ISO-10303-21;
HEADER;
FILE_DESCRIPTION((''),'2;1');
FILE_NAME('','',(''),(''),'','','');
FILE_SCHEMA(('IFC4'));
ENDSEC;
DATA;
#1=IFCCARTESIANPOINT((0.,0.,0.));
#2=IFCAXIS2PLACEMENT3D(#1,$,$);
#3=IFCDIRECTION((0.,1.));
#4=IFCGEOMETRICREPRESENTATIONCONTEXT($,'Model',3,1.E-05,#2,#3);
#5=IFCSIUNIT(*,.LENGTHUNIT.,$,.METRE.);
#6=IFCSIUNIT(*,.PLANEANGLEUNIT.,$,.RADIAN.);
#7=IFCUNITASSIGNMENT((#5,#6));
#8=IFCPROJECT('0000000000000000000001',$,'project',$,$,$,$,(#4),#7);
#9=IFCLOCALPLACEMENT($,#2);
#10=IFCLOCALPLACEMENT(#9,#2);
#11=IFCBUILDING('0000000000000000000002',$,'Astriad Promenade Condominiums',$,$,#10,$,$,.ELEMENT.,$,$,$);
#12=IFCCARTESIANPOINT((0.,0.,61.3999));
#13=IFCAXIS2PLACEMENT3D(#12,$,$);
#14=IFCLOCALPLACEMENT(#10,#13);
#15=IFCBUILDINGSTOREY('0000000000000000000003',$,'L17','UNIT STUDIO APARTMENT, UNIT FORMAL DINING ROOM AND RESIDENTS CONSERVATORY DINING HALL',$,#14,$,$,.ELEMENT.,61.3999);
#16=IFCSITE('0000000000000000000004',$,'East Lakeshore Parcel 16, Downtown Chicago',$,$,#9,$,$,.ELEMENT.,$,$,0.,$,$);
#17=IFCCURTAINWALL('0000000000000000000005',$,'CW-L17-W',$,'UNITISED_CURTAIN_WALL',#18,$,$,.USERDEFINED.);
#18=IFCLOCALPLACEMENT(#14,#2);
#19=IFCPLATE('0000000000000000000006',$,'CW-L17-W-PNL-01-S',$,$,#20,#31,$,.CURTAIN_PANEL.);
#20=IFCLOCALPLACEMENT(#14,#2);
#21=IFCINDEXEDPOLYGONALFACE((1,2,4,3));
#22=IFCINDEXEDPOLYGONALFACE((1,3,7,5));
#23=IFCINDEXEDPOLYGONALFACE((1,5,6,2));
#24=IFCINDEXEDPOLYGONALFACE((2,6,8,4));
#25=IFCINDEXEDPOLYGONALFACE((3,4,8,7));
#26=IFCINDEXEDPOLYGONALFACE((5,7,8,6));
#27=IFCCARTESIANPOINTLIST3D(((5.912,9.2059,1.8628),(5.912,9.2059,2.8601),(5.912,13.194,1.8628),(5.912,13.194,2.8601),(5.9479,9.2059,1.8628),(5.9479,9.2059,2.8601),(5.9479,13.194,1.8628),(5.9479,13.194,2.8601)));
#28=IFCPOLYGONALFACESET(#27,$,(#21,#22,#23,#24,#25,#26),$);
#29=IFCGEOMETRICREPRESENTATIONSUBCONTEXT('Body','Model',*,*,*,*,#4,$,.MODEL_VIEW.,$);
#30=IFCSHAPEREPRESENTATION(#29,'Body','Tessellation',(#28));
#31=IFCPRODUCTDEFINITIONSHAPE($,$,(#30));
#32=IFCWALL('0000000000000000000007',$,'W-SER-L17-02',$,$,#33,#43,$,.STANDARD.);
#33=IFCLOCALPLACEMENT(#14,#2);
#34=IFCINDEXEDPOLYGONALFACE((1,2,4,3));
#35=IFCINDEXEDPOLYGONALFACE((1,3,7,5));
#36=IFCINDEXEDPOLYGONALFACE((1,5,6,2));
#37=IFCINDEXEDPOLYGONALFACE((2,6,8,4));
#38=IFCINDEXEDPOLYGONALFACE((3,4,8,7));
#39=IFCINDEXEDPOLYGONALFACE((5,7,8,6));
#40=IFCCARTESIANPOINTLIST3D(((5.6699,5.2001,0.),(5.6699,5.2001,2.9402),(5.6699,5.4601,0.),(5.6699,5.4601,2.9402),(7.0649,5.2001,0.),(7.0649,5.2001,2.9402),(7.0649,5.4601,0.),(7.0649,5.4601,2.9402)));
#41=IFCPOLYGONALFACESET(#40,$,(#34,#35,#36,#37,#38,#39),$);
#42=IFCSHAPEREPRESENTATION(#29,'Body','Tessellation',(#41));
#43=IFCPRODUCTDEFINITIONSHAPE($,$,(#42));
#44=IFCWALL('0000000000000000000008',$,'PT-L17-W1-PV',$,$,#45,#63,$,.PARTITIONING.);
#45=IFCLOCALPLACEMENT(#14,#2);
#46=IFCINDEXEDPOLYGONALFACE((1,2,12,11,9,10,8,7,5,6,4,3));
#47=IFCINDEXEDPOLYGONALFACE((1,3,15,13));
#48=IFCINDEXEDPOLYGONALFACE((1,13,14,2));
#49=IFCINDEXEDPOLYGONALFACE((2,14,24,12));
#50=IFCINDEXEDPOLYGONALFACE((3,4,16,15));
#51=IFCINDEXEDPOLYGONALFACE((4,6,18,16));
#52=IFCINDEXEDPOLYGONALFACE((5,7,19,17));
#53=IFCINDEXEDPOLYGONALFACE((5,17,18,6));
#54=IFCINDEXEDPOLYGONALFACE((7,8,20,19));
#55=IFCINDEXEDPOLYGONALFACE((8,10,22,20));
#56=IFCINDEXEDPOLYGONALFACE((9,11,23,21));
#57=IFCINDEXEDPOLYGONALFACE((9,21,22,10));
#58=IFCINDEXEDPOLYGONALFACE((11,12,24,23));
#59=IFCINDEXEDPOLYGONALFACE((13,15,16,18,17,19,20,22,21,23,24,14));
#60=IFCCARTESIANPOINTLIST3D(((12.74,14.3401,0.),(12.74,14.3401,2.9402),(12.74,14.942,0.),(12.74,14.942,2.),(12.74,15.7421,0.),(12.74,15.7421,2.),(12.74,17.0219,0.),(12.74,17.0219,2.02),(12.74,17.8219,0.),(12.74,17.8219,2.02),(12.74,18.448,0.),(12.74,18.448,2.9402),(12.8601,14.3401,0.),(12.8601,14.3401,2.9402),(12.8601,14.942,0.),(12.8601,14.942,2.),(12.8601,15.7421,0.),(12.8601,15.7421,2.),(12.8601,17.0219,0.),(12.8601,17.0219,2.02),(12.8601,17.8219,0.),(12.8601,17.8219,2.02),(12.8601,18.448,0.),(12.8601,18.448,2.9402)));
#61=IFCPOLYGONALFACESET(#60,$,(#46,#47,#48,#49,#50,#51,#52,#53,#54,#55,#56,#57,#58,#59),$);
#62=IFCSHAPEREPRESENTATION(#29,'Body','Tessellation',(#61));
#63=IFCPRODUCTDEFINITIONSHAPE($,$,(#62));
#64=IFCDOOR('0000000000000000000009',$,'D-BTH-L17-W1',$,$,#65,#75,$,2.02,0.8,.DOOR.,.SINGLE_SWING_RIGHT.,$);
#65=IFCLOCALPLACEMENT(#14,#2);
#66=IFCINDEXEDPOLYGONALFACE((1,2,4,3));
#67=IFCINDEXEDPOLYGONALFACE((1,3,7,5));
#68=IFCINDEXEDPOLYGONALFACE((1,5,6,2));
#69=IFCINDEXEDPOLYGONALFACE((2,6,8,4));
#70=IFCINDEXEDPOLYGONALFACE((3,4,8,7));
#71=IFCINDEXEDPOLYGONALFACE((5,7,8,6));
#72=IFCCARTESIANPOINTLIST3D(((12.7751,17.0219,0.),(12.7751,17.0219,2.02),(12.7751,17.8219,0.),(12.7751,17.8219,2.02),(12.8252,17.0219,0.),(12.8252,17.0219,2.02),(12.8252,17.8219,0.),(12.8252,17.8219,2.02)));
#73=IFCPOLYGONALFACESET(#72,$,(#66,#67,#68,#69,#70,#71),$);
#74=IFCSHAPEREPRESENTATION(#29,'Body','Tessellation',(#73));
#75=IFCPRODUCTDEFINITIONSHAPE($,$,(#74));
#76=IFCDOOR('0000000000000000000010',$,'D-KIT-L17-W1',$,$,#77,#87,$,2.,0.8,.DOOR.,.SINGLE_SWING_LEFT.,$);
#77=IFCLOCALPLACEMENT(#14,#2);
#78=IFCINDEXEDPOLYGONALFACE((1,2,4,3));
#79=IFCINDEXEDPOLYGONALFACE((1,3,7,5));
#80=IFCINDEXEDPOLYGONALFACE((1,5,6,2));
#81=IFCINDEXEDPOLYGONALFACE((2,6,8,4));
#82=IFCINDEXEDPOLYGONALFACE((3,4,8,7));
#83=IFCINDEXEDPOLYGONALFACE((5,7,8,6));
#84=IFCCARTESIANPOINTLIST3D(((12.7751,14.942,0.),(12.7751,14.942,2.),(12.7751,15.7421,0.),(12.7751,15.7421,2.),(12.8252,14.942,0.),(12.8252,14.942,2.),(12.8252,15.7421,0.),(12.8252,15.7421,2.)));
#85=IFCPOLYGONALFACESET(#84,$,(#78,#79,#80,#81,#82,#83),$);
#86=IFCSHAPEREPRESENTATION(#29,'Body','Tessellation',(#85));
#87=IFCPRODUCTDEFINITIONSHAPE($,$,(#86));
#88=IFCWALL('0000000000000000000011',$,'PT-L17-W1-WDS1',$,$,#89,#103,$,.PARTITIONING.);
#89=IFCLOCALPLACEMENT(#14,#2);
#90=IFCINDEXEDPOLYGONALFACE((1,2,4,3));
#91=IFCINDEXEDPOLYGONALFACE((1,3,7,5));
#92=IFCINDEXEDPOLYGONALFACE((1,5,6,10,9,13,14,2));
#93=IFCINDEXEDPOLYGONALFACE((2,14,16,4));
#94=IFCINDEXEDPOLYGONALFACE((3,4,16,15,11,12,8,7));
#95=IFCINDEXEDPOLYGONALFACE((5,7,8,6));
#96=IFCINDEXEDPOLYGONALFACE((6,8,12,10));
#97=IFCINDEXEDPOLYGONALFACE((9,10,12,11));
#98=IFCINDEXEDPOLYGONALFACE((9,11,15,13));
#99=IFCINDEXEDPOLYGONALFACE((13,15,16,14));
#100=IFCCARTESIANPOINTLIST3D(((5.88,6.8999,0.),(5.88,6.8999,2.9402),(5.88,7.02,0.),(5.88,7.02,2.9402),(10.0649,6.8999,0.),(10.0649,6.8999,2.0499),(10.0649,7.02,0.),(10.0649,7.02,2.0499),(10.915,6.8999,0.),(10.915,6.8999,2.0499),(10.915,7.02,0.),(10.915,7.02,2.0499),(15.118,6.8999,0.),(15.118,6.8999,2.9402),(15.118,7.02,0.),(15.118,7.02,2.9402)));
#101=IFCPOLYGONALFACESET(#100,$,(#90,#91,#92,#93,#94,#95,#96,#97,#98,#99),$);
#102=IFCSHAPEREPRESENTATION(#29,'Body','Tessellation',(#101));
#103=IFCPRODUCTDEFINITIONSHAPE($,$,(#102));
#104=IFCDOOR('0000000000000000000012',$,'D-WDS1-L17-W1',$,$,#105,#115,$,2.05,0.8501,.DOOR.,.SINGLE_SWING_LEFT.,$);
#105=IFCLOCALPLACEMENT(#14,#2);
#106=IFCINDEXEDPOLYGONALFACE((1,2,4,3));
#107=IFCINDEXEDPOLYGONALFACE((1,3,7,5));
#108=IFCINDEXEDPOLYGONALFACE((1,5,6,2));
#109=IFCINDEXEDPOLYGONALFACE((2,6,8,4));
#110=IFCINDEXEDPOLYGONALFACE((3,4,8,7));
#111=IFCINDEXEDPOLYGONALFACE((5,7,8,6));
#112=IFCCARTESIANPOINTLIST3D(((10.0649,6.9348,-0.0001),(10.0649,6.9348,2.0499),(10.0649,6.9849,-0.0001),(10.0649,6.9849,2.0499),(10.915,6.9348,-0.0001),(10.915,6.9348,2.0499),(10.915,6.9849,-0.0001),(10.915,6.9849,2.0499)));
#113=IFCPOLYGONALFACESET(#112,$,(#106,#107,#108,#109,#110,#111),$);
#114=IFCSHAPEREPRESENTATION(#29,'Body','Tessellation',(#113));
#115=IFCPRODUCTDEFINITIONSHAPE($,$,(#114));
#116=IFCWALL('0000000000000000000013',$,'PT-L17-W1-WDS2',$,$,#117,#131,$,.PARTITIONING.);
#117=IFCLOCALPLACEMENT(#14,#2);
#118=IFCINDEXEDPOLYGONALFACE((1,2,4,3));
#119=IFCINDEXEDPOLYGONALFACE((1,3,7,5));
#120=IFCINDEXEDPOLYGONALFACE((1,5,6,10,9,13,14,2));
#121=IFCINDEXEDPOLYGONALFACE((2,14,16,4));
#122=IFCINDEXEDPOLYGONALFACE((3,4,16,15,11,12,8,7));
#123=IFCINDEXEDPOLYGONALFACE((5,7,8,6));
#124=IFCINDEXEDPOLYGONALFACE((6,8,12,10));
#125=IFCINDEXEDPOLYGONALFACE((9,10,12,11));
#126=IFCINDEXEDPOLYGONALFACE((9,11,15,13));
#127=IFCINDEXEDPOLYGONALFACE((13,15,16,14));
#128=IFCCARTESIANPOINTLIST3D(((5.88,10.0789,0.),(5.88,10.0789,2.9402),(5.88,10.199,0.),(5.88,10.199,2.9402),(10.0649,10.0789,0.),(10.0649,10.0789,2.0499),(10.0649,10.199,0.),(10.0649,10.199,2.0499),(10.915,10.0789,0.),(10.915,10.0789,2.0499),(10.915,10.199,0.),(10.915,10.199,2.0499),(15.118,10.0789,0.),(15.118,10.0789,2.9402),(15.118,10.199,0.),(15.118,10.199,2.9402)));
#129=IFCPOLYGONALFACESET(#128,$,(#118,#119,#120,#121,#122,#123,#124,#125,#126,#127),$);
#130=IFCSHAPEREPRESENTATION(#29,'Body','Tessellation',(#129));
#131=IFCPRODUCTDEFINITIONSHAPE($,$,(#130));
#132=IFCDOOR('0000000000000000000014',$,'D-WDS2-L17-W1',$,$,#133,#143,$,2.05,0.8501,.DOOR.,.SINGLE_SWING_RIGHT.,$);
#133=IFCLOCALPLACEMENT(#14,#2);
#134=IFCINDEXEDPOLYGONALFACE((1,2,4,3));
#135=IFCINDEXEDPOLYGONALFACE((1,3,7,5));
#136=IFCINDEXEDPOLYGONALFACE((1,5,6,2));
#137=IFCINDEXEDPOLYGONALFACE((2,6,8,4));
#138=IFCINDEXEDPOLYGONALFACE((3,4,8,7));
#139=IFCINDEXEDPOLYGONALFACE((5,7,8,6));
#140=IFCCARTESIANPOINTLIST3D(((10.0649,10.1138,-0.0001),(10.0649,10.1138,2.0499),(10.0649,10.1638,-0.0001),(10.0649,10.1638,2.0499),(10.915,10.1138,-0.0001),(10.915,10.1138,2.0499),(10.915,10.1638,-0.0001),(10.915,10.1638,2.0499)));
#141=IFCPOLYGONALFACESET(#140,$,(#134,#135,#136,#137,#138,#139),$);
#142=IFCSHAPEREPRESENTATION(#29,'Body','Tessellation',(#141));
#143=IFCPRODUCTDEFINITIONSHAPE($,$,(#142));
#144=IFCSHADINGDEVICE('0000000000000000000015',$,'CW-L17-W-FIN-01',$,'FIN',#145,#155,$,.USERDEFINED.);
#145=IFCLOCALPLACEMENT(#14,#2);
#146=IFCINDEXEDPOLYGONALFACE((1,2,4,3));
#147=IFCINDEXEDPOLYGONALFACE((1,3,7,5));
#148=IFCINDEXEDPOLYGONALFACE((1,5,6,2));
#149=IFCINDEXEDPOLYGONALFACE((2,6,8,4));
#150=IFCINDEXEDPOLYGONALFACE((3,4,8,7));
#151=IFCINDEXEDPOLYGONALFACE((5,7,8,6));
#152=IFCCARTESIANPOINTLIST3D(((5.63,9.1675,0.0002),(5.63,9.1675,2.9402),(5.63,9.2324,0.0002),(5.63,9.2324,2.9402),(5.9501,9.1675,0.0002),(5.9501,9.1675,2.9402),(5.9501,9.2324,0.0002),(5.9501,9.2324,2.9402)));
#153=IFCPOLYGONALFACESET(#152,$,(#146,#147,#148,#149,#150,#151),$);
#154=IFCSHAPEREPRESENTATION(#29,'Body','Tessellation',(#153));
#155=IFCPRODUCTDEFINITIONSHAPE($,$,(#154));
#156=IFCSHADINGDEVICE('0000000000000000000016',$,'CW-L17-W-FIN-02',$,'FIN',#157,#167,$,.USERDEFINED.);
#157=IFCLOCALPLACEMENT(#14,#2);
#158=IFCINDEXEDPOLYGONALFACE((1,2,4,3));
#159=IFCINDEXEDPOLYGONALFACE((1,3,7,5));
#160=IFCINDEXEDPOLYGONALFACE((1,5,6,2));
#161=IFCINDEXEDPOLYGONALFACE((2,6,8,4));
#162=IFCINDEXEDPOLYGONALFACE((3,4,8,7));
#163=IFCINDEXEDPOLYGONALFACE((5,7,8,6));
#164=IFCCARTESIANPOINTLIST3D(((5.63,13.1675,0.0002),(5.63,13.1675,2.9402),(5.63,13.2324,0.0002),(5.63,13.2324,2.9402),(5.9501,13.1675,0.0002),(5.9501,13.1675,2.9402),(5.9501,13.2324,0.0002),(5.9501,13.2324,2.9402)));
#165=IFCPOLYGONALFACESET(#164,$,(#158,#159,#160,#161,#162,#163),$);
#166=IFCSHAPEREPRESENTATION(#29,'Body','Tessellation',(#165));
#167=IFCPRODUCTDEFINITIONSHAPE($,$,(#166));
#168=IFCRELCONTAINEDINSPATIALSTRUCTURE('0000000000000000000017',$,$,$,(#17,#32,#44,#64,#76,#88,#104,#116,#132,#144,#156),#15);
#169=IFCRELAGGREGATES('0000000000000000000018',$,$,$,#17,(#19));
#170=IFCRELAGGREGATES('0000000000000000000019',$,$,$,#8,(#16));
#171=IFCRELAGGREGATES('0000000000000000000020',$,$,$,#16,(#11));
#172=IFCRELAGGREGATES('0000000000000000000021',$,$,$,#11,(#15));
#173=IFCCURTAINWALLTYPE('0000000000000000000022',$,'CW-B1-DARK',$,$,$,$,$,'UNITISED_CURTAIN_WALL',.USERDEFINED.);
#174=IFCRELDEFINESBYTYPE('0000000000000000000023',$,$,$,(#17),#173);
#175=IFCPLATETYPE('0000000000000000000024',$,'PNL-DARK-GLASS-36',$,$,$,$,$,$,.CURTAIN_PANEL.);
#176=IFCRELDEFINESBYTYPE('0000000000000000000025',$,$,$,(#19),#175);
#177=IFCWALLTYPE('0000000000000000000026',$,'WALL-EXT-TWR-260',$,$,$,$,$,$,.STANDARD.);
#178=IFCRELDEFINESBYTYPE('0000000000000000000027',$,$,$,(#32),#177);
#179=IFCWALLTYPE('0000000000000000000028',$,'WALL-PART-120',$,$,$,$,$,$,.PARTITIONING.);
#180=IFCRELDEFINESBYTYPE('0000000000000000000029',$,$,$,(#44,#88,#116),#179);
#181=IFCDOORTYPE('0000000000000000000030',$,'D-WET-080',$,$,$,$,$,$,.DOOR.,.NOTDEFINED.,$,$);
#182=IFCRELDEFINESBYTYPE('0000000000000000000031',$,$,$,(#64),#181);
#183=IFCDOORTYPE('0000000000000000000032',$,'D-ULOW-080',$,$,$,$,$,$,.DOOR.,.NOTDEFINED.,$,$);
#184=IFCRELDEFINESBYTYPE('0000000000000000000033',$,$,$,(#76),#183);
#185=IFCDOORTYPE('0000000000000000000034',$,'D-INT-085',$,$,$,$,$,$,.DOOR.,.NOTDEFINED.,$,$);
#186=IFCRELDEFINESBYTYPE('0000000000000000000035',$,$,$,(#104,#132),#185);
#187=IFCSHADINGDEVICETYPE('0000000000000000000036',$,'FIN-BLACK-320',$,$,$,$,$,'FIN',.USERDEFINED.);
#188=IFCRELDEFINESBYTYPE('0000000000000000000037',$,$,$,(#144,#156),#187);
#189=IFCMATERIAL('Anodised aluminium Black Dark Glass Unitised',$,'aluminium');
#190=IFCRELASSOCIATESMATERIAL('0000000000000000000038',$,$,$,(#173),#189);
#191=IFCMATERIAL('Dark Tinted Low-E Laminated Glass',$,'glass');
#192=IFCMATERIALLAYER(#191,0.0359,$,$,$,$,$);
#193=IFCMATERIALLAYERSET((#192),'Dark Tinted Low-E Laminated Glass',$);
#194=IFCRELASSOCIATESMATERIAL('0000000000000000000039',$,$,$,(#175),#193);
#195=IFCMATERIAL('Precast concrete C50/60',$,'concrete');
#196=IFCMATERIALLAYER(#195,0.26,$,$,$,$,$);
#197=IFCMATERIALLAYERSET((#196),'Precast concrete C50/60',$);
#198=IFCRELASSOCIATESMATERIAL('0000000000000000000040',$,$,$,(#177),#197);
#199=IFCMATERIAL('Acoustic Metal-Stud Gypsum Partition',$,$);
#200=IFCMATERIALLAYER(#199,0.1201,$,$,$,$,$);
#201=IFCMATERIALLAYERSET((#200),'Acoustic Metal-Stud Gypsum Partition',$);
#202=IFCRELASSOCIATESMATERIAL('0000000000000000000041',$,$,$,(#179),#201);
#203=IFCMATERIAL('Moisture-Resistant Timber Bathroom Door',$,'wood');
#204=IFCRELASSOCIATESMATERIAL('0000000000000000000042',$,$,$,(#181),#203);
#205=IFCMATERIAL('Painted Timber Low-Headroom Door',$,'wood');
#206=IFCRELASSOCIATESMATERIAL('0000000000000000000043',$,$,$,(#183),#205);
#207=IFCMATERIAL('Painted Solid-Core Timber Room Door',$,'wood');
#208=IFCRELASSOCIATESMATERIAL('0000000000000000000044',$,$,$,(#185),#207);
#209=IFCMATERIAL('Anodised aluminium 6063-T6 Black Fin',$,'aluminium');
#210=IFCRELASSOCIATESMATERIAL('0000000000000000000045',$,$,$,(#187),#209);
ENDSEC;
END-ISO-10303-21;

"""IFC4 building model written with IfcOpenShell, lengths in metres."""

from ifc_helpers import new_model, si_unit, direction, frame, frame_2d, origin, origin_2d, place, context, subcontext, project, spatial, rectangle, extrude, source, transform, mapped, material, layer, layer_set, type_object, type_shapes, element, fill, aggregate, save


model = new_model("IFC4")

# Units and contexts
model_context = context("Model", 3, precision=1e-05, world=origin(), true_north=direction((0.0, 1.0)))
body_context = subcontext(model_context, "Body", "Model", "MODEL_VIEW")
ifc_project = project(units=[si_unit("LENGTHUNIT", "METRE"), si_unit("PLANEANGLEUNIT", "RADIAN")], contexts=[model_context])

# Site, building, storey
site_placement = place(None, origin())
site = spatial("IfcSite", under=ifc_project, at=site_placement, Name="East Lakeshore Parcel 16, Downtown Chicago", CompositionType="ELEMENT", RefElevation=0.0)
building_placement = place(site_placement, origin())
building = spatial("IfcBuilding", under=site, at=building_placement, Name="Astriad Promenade Condominiums", CompositionType="ELEMENT")
storey_placement = place(building_placement, frame((0.0, 0.0, 61.3999)))
storey = spatial("IfcBuildingStorey", under=building, at=storey_placement, Name="L17", Description="UNIT STUDIO APARTMENT, UNIT FORMAL DINING ROOM AND RESIDENTS CONSERVATORY DINING HALL", CompositionType="ELEMENT", Elevation=61.3999)

# Curtain wall, plate
ifc_material_1 = material(Name="Anodised aluminium Black Dark Glass Unitised", Category="aluminium")
curtain_wall_type = type_object("IfcCurtainWallType", Name="CW-B1-DARK", ElementType="UNITISED_CURTAIN_WALL", PredefinedType="USERDEFINED", material=ifc_material_1)
curtain_wall_placement = place(storey_placement, origin())
curtain_wall = element("IfcCurtainWall", 1, at=curtain_wall_placement, inside=storey, type_object=curtain_wall_type, Name="CW-L17-W", ObjectType="UNITISED_CURTAIN_WALL", PredefinedType="USERDEFINED")
ifc_material_2 = material(Name="Dark Tinted Low-E Laminated Glass", Category="glass")
ifc_layer_1 = layer(ifc_material_2, 0.0359)
ifc_layer_set_1 = layer_set([ifc_layer_1], Name="Dark Tinted Low-E Laminated Glass")
plate_type = type_object("IfcPlateType", Name="PNL-DARK-GLASS-36", PredefinedType="CURTAIN_PANEL", material=ifc_layer_set_1)
shared_shape_1 = source(origin(), body_context, "Body", "SweptSolid", [
    extrude(rectangle(XDim=3.988, YDim=0.0359, at=origin_2d()), origin(), (0.0, 0.0, 1.0), 0.9973),
])
plate_1_placement = place(storey_placement, frame((5.9299, 11.2, 1.8628), z_axis=(0.0, 0.0, 1.0), x_axis=(0.0, 1.0, 0.0)))
plate_1 = element("IfcPlate", 2, at=plate_1_placement, type_object=plate_type, Name="CW-L17-W-PNL-01-S", PredefinedType="CURTAIN_PANEL", context=body_context, shape_type="MappedRepresentation", body=[
    mapped(shared_shape_1, transform((0.0, 0.0, 0.0), scale=1.0)),
])
aggregate(curtain_wall, [plate_1])

# Wall
ifc_material_3 = material(Name="Precast concrete C50/60", Category="concrete")
ifc_layer_2 = layer(ifc_material_3, 0.26)
ifc_layer_set_2 = layer_set([ifc_layer_2], Name="Precast concrete C50/60")
wall_type_1 = type_object("IfcWallType", Name="WALL-EXT-TWR-260", PredefinedType="STANDARD", material=ifc_layer_set_2)
wall_1_placement = place(storey_placement, frame((7.0649, 5.3301, 0.0), z_axis=(0.0, 0.0, 1.0), x_axis=(-1.0, 0.0, 0.0)))
element("IfcWall", 3, at=wall_1_placement, inside=storey, type_object=wall_type_1, Name="W-SER-L17-02", PredefinedType="STANDARD", context=body_context, shape_type="SweptSolid", body=[
    extrude(rectangle(XDim=1.395, YDim=0.26, at=frame_2d((0.6975, 0.0))), origin(), (0.0, 0.0, 1.0), 2.9402),
])

# Wall, openings, doors
ifc_material_4 = material(Name="Acoustic Metal-Stud Gypsum Partition")
ifc_layer_3 = layer(ifc_material_4, 0.1201)
ifc_layer_set_3 = layer_set([ifc_layer_3], Name="Acoustic Metal-Stud Gypsum Partition")
wall_type_2 = type_object("IfcWallType", Name="WALL-PART-120", PredefinedType="PARTITIONING", material=ifc_layer_set_3)
wall_2_placement = place(storey_placement, frame((12.8, 14.3401, 0.0), z_axis=(0.0, 0.0, 1.0), x_axis=(0.0, 1.0, 0.0)))
wall_2 = element("IfcWall", 4, at=wall_2_placement, inside=storey, type_object=wall_type_2, Name="PT-L17-W1-PV", PredefinedType="PARTITIONING", context=body_context, shape_type="SweptSolid", body=[
    extrude(rectangle(XDim=4.1079, YDim=0.1201, at=frame_2d((2.054, 0.0))), origin(), (0.0, 0.0, 1.0), 2.9402),
])
opening_1_placement = place(wall_2_placement, frame((0.6021, 0.0, 0.0)))
opening_1 = element("IfcOpeningElement", 5, at=opening_1_placement, cuts=wall_2, PredefinedType="OPENING", context=body_context, shape_type="SweptSolid", body=[
    extrude(rectangle(XDim=0.8, YDim=2.0, at=frame_2d((0.3999, 1.0))), frame((0.0, 0.0701, 0.0), z_axis=(0.0, -1.0, 0.0), x_axis=(1.0, 0.0, 0.0)), (0.0, 0.0, 1.0), 0.1401),
])
opening_2_placement = place(wall_2_placement, frame((2.6819, 0.0, 0.0)))
opening_2 = element("IfcOpeningElement", 6, at=opening_2_placement, cuts=wall_2, PredefinedType="OPENING", context=body_context, shape_type="SweptSolid", body=[
    extrude(rectangle(XDim=0.8, YDim=2.02, at=frame_2d((0.3999, 1.01))), frame((0.0, 0.0701, 0.0), z_axis=(0.0, -1.0, 0.0), x_axis=(1.0, 0.0, 0.0)), (0.0, 0.0, 1.0), 0.1401),
])
ifc_material_5 = material(Name="Moisture-Resistant Timber Bathroom Door", Category="wood")
door_type_1 = type_object("IfcDoorType", Name="D-WET-080", OperationType="NOTDEFINED", PredefinedType="DOOR", material=ifc_material_5)
shared_shape_2 = source(origin(), body_context, "Body", "SweptSolid", [
    extrude(rectangle(XDim=0.8, YDim=2.02, at=frame_2d((0.3999, 1.01))), frame((0.0, 0.0249, 0.0), z_axis=(0.0, -1.0, 0.0), x_axis=(1.0, 0.0, 0.0)), (0.0, 0.0, 1.0), 0.05),
])
type_shapes(door_type_1, [shared_shape_2])
door_1_placement = place(opening_2_placement, origin())
door_1 = element("IfcDoor", 7, at=door_1_placement, inside=storey, type_object=door_type_1, Name="D-BTH-L17-W1", OperationType="SINGLE_SWING_RIGHT", OverallHeight=2.02, OverallWidth=0.8, PredefinedType="DOOR", context=body_context, shape_type="MappedRepresentation", body=[
    mapped(shared_shape_2, transform((0.0, 0.0, 0.0), scale=1.0)),
])
fill(opening_2, door_1)
ifc_material_6 = material(Name="Painted Timber Low-Headroom Door", Category="wood")
door_type_2 = type_object("IfcDoorType", Name="D-ULOW-080", OperationType="NOTDEFINED", PredefinedType="DOOR", material=ifc_material_6)
shared_shape_3 = source(origin(), body_context, "Body", "SweptSolid", [
    extrude(rectangle(XDim=0.8, YDim=2.0, at=frame_2d((0.3999, 1.0))), frame((0.0, 0.0249, 0.0), z_axis=(0.0, -1.0, 0.0), x_axis=(1.0, 0.0, 0.0)), (0.0, 0.0, 1.0), 0.05),
])
type_shapes(door_type_2, [shared_shape_3])
door_2_placement = place(opening_1_placement, origin())
door_2 = element("IfcDoor", 8, at=door_2_placement, inside=storey, type_object=door_type_2, Name="D-KIT-L17-W1", OperationType="SINGLE_SWING_LEFT", OverallHeight=2.0, OverallWidth=0.8, PredefinedType="DOOR", context=body_context, shape_type="MappedRepresentation", body=[
    mapped(shared_shape_3, transform((0.0, 0.0, 0.0), scale=1.0)),
])
fill(opening_1, door_2)

# Walls, openings, doors
wall_3_placement = place(storey_placement, frame((5.8799, 6.96, 0.0), z_axis=(0.0, 0.0, 1.0), x_axis=(1.0, 0.0, 0.0)))
wall_3 = element("IfcWall", 9, at=wall_3_placement, inside=storey, type_object=wall_type_2, Name="PT-L17-W1-WDS1", PredefinedType="PARTITIONING", context=body_context, shape_type="SweptSolid", body=[
    extrude(rectangle(XDim=9.238, YDim=0.1201, at=frame_2d((4.6191, 0.0))), origin(), (0.0, 0.0, 1.0), 2.9402),
])
opening_3_placement = place(wall_3_placement, frame((4.1851, 0.0, 0.0)))
opening_3 = element("IfcOpeningElement", 10, at=opening_3_placement, cuts=wall_3, PredefinedType="OPENING", context=body_context, shape_type="SweptSolid", body=[
    extrude(rectangle(XDim=0.8501, YDim=2.05, at=frame_2d((0.425, 1.0249))), frame((0.0, 0.0701, 0.0), z_axis=(0.0, -1.0, 0.0), x_axis=(1.0, 0.0, 0.0)), (0.0, 0.0, 1.0), 0.1401),
])
ifc_material_7 = material(Name="Painted Solid-Core Timber Room Door", Category="wood")
door_type_3 = type_object("IfcDoorType", Name="D-INT-085", OperationType="NOTDEFINED", PredefinedType="DOOR", material=ifc_material_7)
shared_shape_4 = source(origin(), body_context, "Body", "SweptSolid", [
    extrude(rectangle(XDim=0.8501, YDim=2.05, at=frame_2d((0.425, 1.0249))), frame((0.0, 0.0249, 0.0), z_axis=(0.0, -1.0, 0.0), x_axis=(1.0, 0.0, 0.0)), (0.0, 0.0, 1.0), 0.05),
])
type_shapes(door_type_3, [shared_shape_4])
door_3_placement = place(opening_3_placement, origin())
door_3 = element("IfcDoor", 11, at=door_3_placement, inside=storey, type_object=door_type_3, Name="D-WDS1-L17-W1", OperationType="SINGLE_SWING_LEFT", OverallHeight=2.05, OverallWidth=0.8501, PredefinedType="DOOR", context=body_context, shape_type="MappedRepresentation", body=[
    mapped(shared_shape_4, transform((0.0, 0.0, 0.0), scale=1.0)),
])
fill(opening_3, door_3)
wall_4_placement = place(storey_placement, frame((5.8799, 10.1389, 0.0), z_axis=(0.0, 0.0, 1.0), x_axis=(1.0, 0.0, 0.0)))
wall_4 = element("IfcWall", 12, at=wall_4_placement, inside=storey, type_object=wall_type_2, Name="PT-L17-W1-WDS2", PredefinedType="PARTITIONING", context=body_context, shape_type="SweptSolid", body=[
    extrude(rectangle(XDim=9.238, YDim=0.1201, at=frame_2d((4.6191, 0.0))), origin(), (0.0, 0.0, 1.0), 2.9402),
])
opening_4_placement = place(wall_4_placement, frame((4.1851, 0.0, 0.0)))
opening_4 = element("IfcOpeningElement", 13, at=opening_4_placement, cuts=wall_4, PredefinedType="OPENING", context=body_context, shape_type="SweptSolid", body=[
    extrude(rectangle(XDim=0.8501, YDim=2.05, at=frame_2d((0.425, 1.0249))), frame((0.0, 0.0701, 0.0), z_axis=(0.0, -1.0, 0.0), x_axis=(1.0, 0.0, 0.0)), (0.0, 0.0, 1.0), 0.1401),
])
door_4_placement = place(opening_4_placement, origin())
door_4 = element("IfcDoor", 14, at=door_4_placement, inside=storey, type_object=door_type_3, Name="D-WDS2-L17-W1", OperationType="SINGLE_SWING_RIGHT", OverallHeight=2.05, OverallWidth=0.8501, PredefinedType="DOOR", context=body_context, shape_type="MappedRepresentation", body=[
    mapped(shared_shape_4, transform((0.0, 0.0, 0.0), scale=1.0)),
])
fill(opening_4, door_4)

# Shading devices
ifc_material_8 = material(Name="Anodised aluminium 6063-T6 Black Fin", Category="aluminium")
shading_device_type = type_object("IfcShadingDeviceType", Name="FIN-BLACK-320", ElementType="FIN", PredefinedType="USERDEFINED", material=ifc_material_8)
shared_shape_5 = source(origin(), body_context, "Body", "SweptSolid", [
    extrude(rectangle(XDim=0.0649, YDim=0.3201, at=origin_2d()), origin(), (0.0, 0.0, 1.0), 2.9399),
])
type_shapes(shading_device_type, [shared_shape_5])
for number, where, z_axis, x_axis, name in (
    (15, (5.79, 9.2, 0.0002), (0.0, 0.0, 1.0), (0.0, 1.0, 0.0), "CW-L17-W-FIN-01"),
    (16, (5.79, 13.2, 0.0002), (0.0, 0.0, 1.0), (0.0, 1.0, 0.0), "CW-L17-W-FIN-02"),
):
    element("IfcShadingDevice", number, at=place(storey_placement, frame(where, z_axis=z_axis, x_axis=x_axis)), inside=storey, type_object=shading_device_type, Name=name, ObjectType="FIN", PredefinedType="USERDEFINED", context=body_context, shape_type="MappedRepresentation", body=[
        mapped(shared_shape_5, transform((0.0, 0.0, 0.0), scale=1.0)),
    ])

save(model, "model.ifc")
